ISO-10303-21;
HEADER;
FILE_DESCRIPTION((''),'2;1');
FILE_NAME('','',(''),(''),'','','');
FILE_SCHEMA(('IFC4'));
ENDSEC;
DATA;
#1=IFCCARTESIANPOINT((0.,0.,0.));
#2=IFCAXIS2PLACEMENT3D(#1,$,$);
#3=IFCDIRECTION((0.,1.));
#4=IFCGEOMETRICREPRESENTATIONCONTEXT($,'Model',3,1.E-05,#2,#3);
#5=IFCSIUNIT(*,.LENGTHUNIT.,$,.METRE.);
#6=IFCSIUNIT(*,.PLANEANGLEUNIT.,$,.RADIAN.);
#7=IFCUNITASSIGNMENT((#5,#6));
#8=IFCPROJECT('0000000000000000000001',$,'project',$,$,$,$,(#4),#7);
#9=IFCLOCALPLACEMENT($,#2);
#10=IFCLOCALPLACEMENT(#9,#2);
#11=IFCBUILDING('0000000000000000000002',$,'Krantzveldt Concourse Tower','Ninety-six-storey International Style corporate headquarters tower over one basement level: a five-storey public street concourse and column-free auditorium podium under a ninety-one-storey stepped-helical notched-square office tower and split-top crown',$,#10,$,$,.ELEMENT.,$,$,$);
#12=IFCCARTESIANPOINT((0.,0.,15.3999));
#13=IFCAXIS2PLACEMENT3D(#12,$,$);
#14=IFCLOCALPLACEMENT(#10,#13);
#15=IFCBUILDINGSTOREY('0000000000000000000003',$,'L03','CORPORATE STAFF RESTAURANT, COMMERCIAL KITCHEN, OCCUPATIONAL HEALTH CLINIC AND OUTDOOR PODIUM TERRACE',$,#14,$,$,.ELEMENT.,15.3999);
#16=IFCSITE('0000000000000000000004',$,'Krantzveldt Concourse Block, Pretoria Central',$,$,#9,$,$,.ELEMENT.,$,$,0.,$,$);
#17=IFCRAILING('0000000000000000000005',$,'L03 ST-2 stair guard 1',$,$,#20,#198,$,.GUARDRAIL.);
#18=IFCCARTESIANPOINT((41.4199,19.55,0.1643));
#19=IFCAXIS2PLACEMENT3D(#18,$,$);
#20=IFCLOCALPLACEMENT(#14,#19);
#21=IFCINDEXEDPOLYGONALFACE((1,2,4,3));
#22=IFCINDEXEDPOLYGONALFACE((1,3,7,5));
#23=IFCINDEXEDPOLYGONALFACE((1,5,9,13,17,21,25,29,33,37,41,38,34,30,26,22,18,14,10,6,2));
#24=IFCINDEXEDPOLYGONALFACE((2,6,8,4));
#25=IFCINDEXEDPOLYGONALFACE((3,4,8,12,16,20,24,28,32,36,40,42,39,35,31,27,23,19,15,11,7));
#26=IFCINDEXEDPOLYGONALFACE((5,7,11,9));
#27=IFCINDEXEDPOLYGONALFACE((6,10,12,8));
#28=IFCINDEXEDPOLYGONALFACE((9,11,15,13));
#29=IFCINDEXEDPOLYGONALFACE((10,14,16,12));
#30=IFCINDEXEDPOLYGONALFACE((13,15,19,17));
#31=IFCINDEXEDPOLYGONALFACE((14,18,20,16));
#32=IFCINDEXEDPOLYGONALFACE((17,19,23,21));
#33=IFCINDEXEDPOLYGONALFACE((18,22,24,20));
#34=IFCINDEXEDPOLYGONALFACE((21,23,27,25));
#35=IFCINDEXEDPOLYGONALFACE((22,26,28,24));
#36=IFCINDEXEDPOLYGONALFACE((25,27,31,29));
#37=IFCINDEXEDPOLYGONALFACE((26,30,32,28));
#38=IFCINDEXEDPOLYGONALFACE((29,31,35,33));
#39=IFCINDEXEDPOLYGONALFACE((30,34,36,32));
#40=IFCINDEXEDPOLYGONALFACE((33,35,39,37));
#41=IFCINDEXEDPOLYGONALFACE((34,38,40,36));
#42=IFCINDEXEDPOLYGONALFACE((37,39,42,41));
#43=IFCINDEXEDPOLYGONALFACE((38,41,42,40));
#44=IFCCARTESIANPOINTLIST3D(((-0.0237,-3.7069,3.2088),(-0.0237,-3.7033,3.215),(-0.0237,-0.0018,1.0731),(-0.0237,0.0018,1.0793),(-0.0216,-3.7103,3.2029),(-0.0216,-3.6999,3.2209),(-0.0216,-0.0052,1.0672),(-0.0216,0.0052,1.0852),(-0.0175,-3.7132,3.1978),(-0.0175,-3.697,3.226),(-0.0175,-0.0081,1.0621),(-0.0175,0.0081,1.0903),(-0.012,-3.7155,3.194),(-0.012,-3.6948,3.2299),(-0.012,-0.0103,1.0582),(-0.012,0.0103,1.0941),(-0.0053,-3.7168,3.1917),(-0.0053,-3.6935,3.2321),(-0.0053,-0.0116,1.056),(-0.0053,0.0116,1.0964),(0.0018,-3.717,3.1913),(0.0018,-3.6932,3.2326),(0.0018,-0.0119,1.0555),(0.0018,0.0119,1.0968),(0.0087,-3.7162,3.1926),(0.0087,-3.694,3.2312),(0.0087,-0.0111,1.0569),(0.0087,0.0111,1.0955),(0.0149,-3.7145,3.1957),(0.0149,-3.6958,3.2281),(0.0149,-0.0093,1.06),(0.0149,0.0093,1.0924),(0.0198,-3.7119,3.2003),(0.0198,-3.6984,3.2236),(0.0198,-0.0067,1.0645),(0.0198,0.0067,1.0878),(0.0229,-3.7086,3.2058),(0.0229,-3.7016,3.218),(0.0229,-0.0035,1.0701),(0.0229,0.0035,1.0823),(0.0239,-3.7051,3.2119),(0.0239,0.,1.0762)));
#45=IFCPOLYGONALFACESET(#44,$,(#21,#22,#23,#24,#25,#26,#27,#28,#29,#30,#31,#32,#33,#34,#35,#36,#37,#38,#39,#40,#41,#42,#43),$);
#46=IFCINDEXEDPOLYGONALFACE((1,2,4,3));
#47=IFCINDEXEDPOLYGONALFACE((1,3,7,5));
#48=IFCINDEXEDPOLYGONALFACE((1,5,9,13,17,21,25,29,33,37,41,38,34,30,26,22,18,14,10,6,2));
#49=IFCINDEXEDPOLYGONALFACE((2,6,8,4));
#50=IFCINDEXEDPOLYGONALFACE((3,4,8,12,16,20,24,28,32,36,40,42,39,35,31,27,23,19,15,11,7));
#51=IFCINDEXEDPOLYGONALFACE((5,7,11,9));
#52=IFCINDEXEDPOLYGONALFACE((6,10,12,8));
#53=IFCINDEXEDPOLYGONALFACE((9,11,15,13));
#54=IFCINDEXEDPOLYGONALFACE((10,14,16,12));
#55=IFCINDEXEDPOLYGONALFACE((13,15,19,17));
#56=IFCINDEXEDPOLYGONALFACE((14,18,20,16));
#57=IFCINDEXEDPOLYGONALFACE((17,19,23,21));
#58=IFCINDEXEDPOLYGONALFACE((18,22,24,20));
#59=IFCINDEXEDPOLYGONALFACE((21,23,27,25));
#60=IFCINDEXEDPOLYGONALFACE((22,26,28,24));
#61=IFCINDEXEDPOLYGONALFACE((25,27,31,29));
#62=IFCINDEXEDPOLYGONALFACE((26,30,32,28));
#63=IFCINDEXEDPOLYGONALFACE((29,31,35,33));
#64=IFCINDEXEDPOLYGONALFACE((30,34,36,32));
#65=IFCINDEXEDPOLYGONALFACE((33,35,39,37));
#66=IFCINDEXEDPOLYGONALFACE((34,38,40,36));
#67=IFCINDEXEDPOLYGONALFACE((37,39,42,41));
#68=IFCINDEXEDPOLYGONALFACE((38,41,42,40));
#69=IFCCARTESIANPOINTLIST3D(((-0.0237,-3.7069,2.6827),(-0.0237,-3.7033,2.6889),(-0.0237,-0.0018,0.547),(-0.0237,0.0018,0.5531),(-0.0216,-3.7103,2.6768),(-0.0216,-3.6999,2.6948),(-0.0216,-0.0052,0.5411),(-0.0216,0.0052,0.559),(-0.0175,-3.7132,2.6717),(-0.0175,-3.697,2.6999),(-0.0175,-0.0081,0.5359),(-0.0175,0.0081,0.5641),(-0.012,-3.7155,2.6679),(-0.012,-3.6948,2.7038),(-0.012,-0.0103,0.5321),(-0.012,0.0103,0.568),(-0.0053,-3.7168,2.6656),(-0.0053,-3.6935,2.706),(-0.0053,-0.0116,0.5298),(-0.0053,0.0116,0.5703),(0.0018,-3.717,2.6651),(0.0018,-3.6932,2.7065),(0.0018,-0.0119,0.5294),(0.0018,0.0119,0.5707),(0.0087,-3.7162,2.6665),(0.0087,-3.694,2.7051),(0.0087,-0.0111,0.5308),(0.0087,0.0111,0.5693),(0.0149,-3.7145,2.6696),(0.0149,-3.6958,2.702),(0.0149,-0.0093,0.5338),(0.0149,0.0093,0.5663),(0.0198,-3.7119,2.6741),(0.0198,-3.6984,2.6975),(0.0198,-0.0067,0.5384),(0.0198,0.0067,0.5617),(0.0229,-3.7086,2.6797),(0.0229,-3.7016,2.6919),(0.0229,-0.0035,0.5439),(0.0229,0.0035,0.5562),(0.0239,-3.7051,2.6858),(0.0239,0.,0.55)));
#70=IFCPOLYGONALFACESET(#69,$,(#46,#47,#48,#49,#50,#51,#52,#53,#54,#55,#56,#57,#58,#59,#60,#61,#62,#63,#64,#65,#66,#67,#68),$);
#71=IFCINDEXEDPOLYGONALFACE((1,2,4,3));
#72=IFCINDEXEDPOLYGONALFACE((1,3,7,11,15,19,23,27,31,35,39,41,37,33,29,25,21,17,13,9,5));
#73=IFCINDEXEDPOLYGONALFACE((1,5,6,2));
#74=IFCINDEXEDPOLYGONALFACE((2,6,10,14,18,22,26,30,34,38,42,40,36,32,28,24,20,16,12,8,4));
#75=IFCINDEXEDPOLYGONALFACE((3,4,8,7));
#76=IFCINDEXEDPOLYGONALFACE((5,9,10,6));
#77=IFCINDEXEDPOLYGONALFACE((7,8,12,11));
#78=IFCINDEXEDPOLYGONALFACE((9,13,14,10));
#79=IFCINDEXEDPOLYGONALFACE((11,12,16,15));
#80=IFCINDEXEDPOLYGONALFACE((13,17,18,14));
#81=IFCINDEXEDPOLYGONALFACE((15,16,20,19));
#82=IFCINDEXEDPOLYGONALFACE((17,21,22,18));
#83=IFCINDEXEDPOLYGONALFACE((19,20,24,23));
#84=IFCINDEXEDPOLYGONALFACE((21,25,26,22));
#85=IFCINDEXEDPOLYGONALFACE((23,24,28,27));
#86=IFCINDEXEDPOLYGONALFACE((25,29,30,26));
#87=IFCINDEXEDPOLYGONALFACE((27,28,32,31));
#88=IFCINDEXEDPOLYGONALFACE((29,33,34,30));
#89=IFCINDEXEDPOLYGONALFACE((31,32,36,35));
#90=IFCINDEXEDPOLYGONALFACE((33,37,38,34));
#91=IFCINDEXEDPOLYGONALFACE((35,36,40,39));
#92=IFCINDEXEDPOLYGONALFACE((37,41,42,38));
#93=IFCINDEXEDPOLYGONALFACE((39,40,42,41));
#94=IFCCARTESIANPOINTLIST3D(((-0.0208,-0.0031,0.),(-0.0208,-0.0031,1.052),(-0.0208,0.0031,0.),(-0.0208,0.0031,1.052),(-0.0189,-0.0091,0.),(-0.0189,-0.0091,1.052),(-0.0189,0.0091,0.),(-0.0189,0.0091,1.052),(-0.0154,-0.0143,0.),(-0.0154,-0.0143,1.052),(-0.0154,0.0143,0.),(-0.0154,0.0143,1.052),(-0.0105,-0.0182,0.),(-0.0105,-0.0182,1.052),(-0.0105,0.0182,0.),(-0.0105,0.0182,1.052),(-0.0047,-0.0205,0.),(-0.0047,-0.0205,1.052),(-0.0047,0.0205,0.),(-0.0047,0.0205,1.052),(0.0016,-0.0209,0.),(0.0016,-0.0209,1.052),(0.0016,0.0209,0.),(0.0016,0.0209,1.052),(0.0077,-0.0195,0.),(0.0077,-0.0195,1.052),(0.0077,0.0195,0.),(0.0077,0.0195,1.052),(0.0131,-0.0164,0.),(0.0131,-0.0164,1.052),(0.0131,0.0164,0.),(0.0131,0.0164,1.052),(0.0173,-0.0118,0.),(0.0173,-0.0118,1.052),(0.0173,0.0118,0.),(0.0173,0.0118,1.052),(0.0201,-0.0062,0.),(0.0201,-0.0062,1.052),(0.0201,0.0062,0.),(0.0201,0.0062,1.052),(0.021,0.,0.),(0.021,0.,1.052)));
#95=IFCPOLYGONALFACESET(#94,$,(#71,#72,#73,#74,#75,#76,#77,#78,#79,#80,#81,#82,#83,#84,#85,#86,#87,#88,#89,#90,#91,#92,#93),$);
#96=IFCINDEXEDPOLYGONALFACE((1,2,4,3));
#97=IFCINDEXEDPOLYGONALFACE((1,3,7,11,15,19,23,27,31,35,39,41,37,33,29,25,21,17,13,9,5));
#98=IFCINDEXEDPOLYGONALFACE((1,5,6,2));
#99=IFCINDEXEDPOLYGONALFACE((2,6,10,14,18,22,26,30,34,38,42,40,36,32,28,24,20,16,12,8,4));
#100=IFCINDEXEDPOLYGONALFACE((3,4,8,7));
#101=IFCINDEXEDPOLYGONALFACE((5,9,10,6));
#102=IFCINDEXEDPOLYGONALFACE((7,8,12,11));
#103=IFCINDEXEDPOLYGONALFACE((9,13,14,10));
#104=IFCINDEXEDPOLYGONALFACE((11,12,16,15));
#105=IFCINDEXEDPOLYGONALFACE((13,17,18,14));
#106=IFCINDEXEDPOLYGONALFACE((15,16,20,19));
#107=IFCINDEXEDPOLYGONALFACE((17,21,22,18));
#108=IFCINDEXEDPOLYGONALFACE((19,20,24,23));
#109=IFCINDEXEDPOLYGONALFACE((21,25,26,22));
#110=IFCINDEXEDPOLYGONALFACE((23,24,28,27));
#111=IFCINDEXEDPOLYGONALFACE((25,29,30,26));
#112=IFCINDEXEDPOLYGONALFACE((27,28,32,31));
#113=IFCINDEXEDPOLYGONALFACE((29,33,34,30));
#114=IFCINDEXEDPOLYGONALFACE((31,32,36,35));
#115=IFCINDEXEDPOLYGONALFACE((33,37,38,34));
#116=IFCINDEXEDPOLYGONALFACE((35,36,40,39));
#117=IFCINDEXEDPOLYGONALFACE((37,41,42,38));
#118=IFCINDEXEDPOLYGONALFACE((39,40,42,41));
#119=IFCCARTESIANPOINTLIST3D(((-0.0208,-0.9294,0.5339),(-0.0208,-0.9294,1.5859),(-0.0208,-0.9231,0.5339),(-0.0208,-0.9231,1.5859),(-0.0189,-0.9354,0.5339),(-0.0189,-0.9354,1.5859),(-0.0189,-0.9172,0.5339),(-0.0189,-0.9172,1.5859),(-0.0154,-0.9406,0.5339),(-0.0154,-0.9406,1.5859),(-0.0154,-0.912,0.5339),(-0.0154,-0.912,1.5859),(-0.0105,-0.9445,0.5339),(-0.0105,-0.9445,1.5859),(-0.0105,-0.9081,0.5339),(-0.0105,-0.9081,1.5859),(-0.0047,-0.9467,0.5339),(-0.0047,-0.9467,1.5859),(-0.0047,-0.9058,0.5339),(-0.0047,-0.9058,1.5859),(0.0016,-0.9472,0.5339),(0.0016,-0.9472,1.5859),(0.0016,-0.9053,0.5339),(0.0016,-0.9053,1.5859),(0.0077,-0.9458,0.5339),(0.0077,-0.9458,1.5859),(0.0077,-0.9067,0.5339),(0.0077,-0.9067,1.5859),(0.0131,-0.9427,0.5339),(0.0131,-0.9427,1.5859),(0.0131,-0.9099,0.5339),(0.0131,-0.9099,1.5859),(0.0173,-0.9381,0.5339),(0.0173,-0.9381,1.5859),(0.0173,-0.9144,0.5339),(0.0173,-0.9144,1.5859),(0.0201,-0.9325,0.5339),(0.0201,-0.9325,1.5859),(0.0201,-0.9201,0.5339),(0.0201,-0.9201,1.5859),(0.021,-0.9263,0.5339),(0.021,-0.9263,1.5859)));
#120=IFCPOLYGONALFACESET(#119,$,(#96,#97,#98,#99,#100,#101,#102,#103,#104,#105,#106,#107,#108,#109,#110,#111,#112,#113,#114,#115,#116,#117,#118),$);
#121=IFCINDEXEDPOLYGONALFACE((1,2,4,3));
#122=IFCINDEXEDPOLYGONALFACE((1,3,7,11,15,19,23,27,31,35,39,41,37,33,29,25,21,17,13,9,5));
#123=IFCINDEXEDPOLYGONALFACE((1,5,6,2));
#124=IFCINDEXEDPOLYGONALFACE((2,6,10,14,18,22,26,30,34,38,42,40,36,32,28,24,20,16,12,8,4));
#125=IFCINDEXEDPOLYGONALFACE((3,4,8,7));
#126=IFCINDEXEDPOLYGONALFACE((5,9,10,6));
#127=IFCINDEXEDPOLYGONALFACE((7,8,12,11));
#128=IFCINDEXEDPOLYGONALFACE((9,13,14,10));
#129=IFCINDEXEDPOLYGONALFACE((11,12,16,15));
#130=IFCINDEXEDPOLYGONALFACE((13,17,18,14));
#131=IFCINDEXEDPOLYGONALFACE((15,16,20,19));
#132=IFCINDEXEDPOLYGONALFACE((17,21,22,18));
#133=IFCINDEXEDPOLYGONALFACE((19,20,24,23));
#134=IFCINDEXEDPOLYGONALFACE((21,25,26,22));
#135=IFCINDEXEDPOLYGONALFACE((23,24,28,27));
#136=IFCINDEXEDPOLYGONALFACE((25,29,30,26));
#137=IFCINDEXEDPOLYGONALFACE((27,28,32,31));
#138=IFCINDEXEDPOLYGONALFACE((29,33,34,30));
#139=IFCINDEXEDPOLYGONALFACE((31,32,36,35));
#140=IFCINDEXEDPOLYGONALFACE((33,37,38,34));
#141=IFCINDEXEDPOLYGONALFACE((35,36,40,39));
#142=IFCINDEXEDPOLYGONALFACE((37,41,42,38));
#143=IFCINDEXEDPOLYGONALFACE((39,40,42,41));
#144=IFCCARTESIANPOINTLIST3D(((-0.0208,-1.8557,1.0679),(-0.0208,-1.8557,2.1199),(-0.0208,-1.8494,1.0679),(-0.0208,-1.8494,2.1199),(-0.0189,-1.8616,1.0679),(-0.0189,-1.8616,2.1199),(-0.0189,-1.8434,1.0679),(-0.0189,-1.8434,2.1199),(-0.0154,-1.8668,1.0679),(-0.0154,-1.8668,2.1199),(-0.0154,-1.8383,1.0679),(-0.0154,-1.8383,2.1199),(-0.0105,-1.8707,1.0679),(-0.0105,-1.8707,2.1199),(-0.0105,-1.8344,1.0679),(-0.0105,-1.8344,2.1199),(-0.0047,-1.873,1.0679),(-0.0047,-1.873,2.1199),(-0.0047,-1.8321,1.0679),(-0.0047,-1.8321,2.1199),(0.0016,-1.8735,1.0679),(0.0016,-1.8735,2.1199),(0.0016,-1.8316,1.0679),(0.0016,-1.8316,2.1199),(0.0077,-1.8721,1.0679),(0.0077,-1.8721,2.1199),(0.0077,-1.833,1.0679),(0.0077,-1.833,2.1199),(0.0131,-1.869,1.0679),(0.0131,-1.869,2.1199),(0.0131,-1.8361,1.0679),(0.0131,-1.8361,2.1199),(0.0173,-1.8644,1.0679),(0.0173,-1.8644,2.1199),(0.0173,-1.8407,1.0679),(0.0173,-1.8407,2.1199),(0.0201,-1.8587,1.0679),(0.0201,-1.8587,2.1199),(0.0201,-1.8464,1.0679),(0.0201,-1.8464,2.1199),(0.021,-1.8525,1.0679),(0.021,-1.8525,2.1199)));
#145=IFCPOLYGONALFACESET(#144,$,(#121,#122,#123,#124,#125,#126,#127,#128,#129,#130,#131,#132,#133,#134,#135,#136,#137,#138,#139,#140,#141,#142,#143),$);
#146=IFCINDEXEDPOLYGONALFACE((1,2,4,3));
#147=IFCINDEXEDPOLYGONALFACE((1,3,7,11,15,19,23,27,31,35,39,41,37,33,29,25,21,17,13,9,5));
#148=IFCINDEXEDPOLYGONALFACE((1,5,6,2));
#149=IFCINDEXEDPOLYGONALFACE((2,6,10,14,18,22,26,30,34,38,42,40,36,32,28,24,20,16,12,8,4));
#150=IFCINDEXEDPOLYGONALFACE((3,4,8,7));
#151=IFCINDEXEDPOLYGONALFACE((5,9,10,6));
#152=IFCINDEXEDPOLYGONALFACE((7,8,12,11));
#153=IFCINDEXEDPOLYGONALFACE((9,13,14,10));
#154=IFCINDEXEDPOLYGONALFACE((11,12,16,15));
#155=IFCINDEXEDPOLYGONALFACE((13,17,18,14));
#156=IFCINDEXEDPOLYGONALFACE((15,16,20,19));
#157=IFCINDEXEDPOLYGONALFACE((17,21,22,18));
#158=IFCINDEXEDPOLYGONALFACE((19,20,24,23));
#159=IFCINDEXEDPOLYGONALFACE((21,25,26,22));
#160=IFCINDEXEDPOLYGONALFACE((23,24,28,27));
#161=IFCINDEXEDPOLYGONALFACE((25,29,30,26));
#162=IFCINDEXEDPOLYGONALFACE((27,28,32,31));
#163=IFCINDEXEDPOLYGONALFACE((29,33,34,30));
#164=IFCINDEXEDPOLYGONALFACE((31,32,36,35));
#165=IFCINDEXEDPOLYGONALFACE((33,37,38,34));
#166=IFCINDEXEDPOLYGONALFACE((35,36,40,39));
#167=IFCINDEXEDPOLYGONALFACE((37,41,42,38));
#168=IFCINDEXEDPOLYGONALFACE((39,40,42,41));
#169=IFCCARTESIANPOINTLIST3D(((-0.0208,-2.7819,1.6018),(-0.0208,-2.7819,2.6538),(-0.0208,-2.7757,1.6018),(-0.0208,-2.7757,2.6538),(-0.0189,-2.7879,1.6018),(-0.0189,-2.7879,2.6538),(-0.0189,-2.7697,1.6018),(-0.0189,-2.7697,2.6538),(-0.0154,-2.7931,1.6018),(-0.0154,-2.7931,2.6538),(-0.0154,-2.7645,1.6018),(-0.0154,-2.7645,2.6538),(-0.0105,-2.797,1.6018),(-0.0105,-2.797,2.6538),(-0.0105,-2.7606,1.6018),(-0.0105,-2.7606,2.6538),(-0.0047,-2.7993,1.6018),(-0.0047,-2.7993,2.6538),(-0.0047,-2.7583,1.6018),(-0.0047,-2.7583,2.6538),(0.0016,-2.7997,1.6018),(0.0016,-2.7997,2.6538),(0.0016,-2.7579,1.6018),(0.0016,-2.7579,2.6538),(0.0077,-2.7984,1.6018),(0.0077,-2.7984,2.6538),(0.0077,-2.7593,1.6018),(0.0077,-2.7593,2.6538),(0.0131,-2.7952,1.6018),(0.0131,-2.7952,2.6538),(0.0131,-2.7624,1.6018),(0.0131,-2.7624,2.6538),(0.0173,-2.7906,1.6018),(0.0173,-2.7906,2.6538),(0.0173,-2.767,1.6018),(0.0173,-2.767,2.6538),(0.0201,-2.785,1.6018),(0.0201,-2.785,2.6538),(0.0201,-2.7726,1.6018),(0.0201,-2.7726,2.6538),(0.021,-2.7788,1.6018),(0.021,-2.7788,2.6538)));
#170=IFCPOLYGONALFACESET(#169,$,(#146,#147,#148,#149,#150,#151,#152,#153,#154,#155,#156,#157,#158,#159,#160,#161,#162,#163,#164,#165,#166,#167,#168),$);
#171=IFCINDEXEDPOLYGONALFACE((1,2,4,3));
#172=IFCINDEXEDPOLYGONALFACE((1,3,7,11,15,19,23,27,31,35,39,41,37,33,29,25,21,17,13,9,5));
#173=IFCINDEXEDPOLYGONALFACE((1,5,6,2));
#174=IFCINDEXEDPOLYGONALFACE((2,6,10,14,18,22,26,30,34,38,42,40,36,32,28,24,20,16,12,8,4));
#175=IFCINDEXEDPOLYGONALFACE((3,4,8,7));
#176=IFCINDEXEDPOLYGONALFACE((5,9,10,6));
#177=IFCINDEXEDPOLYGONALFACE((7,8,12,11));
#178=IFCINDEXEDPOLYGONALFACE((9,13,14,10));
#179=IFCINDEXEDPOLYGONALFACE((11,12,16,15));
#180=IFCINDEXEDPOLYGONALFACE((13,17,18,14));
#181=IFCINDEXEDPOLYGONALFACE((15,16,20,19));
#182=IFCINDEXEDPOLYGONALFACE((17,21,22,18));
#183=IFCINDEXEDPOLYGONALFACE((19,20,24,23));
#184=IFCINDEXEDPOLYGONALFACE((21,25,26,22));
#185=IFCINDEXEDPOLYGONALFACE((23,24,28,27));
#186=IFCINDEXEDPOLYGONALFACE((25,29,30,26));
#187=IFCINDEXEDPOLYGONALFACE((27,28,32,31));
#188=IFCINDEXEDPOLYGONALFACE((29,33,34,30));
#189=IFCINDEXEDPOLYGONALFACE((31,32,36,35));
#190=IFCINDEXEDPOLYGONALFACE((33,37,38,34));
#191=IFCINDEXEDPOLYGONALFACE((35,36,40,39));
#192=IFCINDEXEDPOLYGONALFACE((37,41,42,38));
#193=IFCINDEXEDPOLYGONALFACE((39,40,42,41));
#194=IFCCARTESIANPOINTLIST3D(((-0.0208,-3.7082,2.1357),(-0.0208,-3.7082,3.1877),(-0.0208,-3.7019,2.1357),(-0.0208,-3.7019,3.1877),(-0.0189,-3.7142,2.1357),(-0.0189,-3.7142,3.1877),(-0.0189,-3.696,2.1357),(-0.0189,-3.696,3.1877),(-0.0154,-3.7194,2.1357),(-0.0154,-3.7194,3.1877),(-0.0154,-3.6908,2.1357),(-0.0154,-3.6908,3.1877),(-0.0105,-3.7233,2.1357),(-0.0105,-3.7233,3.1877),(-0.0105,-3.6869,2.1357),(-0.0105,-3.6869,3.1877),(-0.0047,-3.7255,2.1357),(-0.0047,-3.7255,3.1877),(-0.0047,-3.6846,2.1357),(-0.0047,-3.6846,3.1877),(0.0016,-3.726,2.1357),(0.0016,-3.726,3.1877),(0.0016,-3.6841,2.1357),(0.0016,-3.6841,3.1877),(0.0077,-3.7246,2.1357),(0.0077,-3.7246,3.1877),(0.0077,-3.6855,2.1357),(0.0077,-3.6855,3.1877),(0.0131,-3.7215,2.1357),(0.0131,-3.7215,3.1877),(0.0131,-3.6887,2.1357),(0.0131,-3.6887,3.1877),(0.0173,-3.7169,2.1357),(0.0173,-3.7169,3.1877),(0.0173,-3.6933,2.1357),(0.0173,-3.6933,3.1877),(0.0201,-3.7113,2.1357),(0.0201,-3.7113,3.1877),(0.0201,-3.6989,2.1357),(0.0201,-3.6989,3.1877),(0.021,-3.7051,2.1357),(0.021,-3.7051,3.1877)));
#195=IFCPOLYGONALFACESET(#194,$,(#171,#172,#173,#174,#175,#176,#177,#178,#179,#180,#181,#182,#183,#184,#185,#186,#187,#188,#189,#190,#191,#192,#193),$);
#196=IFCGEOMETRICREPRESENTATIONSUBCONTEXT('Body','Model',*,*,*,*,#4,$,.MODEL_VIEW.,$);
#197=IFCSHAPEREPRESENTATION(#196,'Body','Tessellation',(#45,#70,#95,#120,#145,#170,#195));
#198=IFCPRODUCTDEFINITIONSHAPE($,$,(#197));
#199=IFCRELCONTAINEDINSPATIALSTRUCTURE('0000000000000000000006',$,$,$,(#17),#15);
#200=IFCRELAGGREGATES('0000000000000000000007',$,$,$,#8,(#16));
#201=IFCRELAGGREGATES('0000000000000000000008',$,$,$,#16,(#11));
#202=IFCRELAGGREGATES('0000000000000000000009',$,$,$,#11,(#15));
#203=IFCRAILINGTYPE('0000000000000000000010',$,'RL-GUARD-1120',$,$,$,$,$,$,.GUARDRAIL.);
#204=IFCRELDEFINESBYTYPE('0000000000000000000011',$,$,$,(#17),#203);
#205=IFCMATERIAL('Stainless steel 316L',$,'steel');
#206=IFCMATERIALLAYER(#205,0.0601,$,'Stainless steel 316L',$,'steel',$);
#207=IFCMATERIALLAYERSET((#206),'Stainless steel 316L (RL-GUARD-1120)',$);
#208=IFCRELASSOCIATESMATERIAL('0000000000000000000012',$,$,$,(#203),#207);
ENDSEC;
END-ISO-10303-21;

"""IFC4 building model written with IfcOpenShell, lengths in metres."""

from ifc_helpers import new_model, si_unit, direction, frame, origin, origin_2d, place, context, subcontext, project, spatial, circle, extrude, material, layer, layer_set, type_object, element, save


model = new_model("IFC4")

# Units and contexts
model_context = context("Model", 3, precision=1e-05, world=origin(), true_north=direction((0.0, 1.0)))
body_context = subcontext(model_context, "Body", "Model", "MODEL_VIEW")
ifc_project = project(units=[si_unit("LENGTHUNIT", "METRE"), si_unit("PLANEANGLEUNIT", "RADIAN")], contexts=[model_context])

# Site, building, storey
site_placement = place(None, origin())
site = spatial("IfcSite", under=ifc_project, at=site_placement, Name="Krantzveldt Concourse Block, Pretoria Central", CompositionType="ELEMENT", RefElevation=0.0)
building_placement = place(site_placement, origin())
building = spatial("IfcBuilding", under=site, at=building_placement, Name="Krantzveldt Concourse Tower", Description="Ninety-six-storey International Style corporate headquarters tower over one basement level: a five-storey public street concourse and column-free auditorium podium under a ninety-one-storey stepped-helical notched-square office tower and split-top crown", CompositionType="ELEMENT")
storey_placement = place(building_placement, frame((0.0, 0.0, 15.3999)))
storey = spatial("IfcBuildingStorey", under=building, at=storey_placement, Name="L03", Description="CORPORATE STAFF RESTAURANT, COMMERCIAL KITCHEN, OCCUPATIONAL HEALTH CLINIC AND OUTDOOR PODIUM TERRACE", CompositionType="ELEMENT", Elevation=15.3999)

# Shared definitions
ifc_material_1 = material(Name="Stainless steel 316L", Category="steel")

# Railing
ifc_layer_1 = layer(ifc_material_1, 0.0601, Name="Stainless steel 316L", Category="steel")
ifc_layer_set_1 = layer_set([ifc_layer_1], Name="Stainless steel 316L (RL-GUARD-1120)")
railing_type_1 = type_object("IfcRailingType", Name="RL-GUARD-1120", PredefinedType="GUARDRAIL", material=ifc_layer_set_1)
railing_1_placement = place(storey_placement, frame((41.4199, 19.55, 0.1643)))
element("IfcRailing", 1, at=railing_1_placement, inside=storey, type_object=railing_type_1, Name="L03 ST-2 stair guard 1", PredefinedType="GUARDRAIL", context=body_context, shape_type="SweptSolid", body=[
    extrude(circle(Radius=0.0239, at=origin_2d()), frame((0.0, 0.0, 1.0762), z_axis=(0.0, -0.866368, 0.499406), x_axis=(1.0, 0.0, 0.0)), (0.0, 0.0, 1.0), 4.2766),
    extrude(circle(Radius=0.0239, at=origin_2d()), frame((0.0, 0.0, 0.55), z_axis=(0.0, -0.866368, 0.499406), x_axis=(1.0, 0.0, 0.0)), (0.0, 0.0, 1.0), 4.2766),
    extrude(circle(Radius=0.021, at=origin_2d()), origin(), (0.0, 0.0, 1.0), 1.052),
    extrude(circle(Radius=0.021, at=origin_2d()), frame((0.0, -0.9263, 0.5339)), (0.0, 0.0, 1.0), 1.052),
    extrude(circle(Radius=0.021, at=origin_2d()), frame((0.0, -1.8525, 1.0679)), (0.0, 0.0, 1.0), 1.052),
    extrude(circle(Radius=0.021, at=origin_2d()), frame((0.0, -2.7788, 1.6018)), (0.0, 0.0, 1.0), 1.052),
    extrude(circle(Radius=0.021, at=origin_2d()), frame((0.0, -3.7051, 2.1357)), (0.0, 0.0, 1.0), 1.052),
])

save(model, "model.ifc")
